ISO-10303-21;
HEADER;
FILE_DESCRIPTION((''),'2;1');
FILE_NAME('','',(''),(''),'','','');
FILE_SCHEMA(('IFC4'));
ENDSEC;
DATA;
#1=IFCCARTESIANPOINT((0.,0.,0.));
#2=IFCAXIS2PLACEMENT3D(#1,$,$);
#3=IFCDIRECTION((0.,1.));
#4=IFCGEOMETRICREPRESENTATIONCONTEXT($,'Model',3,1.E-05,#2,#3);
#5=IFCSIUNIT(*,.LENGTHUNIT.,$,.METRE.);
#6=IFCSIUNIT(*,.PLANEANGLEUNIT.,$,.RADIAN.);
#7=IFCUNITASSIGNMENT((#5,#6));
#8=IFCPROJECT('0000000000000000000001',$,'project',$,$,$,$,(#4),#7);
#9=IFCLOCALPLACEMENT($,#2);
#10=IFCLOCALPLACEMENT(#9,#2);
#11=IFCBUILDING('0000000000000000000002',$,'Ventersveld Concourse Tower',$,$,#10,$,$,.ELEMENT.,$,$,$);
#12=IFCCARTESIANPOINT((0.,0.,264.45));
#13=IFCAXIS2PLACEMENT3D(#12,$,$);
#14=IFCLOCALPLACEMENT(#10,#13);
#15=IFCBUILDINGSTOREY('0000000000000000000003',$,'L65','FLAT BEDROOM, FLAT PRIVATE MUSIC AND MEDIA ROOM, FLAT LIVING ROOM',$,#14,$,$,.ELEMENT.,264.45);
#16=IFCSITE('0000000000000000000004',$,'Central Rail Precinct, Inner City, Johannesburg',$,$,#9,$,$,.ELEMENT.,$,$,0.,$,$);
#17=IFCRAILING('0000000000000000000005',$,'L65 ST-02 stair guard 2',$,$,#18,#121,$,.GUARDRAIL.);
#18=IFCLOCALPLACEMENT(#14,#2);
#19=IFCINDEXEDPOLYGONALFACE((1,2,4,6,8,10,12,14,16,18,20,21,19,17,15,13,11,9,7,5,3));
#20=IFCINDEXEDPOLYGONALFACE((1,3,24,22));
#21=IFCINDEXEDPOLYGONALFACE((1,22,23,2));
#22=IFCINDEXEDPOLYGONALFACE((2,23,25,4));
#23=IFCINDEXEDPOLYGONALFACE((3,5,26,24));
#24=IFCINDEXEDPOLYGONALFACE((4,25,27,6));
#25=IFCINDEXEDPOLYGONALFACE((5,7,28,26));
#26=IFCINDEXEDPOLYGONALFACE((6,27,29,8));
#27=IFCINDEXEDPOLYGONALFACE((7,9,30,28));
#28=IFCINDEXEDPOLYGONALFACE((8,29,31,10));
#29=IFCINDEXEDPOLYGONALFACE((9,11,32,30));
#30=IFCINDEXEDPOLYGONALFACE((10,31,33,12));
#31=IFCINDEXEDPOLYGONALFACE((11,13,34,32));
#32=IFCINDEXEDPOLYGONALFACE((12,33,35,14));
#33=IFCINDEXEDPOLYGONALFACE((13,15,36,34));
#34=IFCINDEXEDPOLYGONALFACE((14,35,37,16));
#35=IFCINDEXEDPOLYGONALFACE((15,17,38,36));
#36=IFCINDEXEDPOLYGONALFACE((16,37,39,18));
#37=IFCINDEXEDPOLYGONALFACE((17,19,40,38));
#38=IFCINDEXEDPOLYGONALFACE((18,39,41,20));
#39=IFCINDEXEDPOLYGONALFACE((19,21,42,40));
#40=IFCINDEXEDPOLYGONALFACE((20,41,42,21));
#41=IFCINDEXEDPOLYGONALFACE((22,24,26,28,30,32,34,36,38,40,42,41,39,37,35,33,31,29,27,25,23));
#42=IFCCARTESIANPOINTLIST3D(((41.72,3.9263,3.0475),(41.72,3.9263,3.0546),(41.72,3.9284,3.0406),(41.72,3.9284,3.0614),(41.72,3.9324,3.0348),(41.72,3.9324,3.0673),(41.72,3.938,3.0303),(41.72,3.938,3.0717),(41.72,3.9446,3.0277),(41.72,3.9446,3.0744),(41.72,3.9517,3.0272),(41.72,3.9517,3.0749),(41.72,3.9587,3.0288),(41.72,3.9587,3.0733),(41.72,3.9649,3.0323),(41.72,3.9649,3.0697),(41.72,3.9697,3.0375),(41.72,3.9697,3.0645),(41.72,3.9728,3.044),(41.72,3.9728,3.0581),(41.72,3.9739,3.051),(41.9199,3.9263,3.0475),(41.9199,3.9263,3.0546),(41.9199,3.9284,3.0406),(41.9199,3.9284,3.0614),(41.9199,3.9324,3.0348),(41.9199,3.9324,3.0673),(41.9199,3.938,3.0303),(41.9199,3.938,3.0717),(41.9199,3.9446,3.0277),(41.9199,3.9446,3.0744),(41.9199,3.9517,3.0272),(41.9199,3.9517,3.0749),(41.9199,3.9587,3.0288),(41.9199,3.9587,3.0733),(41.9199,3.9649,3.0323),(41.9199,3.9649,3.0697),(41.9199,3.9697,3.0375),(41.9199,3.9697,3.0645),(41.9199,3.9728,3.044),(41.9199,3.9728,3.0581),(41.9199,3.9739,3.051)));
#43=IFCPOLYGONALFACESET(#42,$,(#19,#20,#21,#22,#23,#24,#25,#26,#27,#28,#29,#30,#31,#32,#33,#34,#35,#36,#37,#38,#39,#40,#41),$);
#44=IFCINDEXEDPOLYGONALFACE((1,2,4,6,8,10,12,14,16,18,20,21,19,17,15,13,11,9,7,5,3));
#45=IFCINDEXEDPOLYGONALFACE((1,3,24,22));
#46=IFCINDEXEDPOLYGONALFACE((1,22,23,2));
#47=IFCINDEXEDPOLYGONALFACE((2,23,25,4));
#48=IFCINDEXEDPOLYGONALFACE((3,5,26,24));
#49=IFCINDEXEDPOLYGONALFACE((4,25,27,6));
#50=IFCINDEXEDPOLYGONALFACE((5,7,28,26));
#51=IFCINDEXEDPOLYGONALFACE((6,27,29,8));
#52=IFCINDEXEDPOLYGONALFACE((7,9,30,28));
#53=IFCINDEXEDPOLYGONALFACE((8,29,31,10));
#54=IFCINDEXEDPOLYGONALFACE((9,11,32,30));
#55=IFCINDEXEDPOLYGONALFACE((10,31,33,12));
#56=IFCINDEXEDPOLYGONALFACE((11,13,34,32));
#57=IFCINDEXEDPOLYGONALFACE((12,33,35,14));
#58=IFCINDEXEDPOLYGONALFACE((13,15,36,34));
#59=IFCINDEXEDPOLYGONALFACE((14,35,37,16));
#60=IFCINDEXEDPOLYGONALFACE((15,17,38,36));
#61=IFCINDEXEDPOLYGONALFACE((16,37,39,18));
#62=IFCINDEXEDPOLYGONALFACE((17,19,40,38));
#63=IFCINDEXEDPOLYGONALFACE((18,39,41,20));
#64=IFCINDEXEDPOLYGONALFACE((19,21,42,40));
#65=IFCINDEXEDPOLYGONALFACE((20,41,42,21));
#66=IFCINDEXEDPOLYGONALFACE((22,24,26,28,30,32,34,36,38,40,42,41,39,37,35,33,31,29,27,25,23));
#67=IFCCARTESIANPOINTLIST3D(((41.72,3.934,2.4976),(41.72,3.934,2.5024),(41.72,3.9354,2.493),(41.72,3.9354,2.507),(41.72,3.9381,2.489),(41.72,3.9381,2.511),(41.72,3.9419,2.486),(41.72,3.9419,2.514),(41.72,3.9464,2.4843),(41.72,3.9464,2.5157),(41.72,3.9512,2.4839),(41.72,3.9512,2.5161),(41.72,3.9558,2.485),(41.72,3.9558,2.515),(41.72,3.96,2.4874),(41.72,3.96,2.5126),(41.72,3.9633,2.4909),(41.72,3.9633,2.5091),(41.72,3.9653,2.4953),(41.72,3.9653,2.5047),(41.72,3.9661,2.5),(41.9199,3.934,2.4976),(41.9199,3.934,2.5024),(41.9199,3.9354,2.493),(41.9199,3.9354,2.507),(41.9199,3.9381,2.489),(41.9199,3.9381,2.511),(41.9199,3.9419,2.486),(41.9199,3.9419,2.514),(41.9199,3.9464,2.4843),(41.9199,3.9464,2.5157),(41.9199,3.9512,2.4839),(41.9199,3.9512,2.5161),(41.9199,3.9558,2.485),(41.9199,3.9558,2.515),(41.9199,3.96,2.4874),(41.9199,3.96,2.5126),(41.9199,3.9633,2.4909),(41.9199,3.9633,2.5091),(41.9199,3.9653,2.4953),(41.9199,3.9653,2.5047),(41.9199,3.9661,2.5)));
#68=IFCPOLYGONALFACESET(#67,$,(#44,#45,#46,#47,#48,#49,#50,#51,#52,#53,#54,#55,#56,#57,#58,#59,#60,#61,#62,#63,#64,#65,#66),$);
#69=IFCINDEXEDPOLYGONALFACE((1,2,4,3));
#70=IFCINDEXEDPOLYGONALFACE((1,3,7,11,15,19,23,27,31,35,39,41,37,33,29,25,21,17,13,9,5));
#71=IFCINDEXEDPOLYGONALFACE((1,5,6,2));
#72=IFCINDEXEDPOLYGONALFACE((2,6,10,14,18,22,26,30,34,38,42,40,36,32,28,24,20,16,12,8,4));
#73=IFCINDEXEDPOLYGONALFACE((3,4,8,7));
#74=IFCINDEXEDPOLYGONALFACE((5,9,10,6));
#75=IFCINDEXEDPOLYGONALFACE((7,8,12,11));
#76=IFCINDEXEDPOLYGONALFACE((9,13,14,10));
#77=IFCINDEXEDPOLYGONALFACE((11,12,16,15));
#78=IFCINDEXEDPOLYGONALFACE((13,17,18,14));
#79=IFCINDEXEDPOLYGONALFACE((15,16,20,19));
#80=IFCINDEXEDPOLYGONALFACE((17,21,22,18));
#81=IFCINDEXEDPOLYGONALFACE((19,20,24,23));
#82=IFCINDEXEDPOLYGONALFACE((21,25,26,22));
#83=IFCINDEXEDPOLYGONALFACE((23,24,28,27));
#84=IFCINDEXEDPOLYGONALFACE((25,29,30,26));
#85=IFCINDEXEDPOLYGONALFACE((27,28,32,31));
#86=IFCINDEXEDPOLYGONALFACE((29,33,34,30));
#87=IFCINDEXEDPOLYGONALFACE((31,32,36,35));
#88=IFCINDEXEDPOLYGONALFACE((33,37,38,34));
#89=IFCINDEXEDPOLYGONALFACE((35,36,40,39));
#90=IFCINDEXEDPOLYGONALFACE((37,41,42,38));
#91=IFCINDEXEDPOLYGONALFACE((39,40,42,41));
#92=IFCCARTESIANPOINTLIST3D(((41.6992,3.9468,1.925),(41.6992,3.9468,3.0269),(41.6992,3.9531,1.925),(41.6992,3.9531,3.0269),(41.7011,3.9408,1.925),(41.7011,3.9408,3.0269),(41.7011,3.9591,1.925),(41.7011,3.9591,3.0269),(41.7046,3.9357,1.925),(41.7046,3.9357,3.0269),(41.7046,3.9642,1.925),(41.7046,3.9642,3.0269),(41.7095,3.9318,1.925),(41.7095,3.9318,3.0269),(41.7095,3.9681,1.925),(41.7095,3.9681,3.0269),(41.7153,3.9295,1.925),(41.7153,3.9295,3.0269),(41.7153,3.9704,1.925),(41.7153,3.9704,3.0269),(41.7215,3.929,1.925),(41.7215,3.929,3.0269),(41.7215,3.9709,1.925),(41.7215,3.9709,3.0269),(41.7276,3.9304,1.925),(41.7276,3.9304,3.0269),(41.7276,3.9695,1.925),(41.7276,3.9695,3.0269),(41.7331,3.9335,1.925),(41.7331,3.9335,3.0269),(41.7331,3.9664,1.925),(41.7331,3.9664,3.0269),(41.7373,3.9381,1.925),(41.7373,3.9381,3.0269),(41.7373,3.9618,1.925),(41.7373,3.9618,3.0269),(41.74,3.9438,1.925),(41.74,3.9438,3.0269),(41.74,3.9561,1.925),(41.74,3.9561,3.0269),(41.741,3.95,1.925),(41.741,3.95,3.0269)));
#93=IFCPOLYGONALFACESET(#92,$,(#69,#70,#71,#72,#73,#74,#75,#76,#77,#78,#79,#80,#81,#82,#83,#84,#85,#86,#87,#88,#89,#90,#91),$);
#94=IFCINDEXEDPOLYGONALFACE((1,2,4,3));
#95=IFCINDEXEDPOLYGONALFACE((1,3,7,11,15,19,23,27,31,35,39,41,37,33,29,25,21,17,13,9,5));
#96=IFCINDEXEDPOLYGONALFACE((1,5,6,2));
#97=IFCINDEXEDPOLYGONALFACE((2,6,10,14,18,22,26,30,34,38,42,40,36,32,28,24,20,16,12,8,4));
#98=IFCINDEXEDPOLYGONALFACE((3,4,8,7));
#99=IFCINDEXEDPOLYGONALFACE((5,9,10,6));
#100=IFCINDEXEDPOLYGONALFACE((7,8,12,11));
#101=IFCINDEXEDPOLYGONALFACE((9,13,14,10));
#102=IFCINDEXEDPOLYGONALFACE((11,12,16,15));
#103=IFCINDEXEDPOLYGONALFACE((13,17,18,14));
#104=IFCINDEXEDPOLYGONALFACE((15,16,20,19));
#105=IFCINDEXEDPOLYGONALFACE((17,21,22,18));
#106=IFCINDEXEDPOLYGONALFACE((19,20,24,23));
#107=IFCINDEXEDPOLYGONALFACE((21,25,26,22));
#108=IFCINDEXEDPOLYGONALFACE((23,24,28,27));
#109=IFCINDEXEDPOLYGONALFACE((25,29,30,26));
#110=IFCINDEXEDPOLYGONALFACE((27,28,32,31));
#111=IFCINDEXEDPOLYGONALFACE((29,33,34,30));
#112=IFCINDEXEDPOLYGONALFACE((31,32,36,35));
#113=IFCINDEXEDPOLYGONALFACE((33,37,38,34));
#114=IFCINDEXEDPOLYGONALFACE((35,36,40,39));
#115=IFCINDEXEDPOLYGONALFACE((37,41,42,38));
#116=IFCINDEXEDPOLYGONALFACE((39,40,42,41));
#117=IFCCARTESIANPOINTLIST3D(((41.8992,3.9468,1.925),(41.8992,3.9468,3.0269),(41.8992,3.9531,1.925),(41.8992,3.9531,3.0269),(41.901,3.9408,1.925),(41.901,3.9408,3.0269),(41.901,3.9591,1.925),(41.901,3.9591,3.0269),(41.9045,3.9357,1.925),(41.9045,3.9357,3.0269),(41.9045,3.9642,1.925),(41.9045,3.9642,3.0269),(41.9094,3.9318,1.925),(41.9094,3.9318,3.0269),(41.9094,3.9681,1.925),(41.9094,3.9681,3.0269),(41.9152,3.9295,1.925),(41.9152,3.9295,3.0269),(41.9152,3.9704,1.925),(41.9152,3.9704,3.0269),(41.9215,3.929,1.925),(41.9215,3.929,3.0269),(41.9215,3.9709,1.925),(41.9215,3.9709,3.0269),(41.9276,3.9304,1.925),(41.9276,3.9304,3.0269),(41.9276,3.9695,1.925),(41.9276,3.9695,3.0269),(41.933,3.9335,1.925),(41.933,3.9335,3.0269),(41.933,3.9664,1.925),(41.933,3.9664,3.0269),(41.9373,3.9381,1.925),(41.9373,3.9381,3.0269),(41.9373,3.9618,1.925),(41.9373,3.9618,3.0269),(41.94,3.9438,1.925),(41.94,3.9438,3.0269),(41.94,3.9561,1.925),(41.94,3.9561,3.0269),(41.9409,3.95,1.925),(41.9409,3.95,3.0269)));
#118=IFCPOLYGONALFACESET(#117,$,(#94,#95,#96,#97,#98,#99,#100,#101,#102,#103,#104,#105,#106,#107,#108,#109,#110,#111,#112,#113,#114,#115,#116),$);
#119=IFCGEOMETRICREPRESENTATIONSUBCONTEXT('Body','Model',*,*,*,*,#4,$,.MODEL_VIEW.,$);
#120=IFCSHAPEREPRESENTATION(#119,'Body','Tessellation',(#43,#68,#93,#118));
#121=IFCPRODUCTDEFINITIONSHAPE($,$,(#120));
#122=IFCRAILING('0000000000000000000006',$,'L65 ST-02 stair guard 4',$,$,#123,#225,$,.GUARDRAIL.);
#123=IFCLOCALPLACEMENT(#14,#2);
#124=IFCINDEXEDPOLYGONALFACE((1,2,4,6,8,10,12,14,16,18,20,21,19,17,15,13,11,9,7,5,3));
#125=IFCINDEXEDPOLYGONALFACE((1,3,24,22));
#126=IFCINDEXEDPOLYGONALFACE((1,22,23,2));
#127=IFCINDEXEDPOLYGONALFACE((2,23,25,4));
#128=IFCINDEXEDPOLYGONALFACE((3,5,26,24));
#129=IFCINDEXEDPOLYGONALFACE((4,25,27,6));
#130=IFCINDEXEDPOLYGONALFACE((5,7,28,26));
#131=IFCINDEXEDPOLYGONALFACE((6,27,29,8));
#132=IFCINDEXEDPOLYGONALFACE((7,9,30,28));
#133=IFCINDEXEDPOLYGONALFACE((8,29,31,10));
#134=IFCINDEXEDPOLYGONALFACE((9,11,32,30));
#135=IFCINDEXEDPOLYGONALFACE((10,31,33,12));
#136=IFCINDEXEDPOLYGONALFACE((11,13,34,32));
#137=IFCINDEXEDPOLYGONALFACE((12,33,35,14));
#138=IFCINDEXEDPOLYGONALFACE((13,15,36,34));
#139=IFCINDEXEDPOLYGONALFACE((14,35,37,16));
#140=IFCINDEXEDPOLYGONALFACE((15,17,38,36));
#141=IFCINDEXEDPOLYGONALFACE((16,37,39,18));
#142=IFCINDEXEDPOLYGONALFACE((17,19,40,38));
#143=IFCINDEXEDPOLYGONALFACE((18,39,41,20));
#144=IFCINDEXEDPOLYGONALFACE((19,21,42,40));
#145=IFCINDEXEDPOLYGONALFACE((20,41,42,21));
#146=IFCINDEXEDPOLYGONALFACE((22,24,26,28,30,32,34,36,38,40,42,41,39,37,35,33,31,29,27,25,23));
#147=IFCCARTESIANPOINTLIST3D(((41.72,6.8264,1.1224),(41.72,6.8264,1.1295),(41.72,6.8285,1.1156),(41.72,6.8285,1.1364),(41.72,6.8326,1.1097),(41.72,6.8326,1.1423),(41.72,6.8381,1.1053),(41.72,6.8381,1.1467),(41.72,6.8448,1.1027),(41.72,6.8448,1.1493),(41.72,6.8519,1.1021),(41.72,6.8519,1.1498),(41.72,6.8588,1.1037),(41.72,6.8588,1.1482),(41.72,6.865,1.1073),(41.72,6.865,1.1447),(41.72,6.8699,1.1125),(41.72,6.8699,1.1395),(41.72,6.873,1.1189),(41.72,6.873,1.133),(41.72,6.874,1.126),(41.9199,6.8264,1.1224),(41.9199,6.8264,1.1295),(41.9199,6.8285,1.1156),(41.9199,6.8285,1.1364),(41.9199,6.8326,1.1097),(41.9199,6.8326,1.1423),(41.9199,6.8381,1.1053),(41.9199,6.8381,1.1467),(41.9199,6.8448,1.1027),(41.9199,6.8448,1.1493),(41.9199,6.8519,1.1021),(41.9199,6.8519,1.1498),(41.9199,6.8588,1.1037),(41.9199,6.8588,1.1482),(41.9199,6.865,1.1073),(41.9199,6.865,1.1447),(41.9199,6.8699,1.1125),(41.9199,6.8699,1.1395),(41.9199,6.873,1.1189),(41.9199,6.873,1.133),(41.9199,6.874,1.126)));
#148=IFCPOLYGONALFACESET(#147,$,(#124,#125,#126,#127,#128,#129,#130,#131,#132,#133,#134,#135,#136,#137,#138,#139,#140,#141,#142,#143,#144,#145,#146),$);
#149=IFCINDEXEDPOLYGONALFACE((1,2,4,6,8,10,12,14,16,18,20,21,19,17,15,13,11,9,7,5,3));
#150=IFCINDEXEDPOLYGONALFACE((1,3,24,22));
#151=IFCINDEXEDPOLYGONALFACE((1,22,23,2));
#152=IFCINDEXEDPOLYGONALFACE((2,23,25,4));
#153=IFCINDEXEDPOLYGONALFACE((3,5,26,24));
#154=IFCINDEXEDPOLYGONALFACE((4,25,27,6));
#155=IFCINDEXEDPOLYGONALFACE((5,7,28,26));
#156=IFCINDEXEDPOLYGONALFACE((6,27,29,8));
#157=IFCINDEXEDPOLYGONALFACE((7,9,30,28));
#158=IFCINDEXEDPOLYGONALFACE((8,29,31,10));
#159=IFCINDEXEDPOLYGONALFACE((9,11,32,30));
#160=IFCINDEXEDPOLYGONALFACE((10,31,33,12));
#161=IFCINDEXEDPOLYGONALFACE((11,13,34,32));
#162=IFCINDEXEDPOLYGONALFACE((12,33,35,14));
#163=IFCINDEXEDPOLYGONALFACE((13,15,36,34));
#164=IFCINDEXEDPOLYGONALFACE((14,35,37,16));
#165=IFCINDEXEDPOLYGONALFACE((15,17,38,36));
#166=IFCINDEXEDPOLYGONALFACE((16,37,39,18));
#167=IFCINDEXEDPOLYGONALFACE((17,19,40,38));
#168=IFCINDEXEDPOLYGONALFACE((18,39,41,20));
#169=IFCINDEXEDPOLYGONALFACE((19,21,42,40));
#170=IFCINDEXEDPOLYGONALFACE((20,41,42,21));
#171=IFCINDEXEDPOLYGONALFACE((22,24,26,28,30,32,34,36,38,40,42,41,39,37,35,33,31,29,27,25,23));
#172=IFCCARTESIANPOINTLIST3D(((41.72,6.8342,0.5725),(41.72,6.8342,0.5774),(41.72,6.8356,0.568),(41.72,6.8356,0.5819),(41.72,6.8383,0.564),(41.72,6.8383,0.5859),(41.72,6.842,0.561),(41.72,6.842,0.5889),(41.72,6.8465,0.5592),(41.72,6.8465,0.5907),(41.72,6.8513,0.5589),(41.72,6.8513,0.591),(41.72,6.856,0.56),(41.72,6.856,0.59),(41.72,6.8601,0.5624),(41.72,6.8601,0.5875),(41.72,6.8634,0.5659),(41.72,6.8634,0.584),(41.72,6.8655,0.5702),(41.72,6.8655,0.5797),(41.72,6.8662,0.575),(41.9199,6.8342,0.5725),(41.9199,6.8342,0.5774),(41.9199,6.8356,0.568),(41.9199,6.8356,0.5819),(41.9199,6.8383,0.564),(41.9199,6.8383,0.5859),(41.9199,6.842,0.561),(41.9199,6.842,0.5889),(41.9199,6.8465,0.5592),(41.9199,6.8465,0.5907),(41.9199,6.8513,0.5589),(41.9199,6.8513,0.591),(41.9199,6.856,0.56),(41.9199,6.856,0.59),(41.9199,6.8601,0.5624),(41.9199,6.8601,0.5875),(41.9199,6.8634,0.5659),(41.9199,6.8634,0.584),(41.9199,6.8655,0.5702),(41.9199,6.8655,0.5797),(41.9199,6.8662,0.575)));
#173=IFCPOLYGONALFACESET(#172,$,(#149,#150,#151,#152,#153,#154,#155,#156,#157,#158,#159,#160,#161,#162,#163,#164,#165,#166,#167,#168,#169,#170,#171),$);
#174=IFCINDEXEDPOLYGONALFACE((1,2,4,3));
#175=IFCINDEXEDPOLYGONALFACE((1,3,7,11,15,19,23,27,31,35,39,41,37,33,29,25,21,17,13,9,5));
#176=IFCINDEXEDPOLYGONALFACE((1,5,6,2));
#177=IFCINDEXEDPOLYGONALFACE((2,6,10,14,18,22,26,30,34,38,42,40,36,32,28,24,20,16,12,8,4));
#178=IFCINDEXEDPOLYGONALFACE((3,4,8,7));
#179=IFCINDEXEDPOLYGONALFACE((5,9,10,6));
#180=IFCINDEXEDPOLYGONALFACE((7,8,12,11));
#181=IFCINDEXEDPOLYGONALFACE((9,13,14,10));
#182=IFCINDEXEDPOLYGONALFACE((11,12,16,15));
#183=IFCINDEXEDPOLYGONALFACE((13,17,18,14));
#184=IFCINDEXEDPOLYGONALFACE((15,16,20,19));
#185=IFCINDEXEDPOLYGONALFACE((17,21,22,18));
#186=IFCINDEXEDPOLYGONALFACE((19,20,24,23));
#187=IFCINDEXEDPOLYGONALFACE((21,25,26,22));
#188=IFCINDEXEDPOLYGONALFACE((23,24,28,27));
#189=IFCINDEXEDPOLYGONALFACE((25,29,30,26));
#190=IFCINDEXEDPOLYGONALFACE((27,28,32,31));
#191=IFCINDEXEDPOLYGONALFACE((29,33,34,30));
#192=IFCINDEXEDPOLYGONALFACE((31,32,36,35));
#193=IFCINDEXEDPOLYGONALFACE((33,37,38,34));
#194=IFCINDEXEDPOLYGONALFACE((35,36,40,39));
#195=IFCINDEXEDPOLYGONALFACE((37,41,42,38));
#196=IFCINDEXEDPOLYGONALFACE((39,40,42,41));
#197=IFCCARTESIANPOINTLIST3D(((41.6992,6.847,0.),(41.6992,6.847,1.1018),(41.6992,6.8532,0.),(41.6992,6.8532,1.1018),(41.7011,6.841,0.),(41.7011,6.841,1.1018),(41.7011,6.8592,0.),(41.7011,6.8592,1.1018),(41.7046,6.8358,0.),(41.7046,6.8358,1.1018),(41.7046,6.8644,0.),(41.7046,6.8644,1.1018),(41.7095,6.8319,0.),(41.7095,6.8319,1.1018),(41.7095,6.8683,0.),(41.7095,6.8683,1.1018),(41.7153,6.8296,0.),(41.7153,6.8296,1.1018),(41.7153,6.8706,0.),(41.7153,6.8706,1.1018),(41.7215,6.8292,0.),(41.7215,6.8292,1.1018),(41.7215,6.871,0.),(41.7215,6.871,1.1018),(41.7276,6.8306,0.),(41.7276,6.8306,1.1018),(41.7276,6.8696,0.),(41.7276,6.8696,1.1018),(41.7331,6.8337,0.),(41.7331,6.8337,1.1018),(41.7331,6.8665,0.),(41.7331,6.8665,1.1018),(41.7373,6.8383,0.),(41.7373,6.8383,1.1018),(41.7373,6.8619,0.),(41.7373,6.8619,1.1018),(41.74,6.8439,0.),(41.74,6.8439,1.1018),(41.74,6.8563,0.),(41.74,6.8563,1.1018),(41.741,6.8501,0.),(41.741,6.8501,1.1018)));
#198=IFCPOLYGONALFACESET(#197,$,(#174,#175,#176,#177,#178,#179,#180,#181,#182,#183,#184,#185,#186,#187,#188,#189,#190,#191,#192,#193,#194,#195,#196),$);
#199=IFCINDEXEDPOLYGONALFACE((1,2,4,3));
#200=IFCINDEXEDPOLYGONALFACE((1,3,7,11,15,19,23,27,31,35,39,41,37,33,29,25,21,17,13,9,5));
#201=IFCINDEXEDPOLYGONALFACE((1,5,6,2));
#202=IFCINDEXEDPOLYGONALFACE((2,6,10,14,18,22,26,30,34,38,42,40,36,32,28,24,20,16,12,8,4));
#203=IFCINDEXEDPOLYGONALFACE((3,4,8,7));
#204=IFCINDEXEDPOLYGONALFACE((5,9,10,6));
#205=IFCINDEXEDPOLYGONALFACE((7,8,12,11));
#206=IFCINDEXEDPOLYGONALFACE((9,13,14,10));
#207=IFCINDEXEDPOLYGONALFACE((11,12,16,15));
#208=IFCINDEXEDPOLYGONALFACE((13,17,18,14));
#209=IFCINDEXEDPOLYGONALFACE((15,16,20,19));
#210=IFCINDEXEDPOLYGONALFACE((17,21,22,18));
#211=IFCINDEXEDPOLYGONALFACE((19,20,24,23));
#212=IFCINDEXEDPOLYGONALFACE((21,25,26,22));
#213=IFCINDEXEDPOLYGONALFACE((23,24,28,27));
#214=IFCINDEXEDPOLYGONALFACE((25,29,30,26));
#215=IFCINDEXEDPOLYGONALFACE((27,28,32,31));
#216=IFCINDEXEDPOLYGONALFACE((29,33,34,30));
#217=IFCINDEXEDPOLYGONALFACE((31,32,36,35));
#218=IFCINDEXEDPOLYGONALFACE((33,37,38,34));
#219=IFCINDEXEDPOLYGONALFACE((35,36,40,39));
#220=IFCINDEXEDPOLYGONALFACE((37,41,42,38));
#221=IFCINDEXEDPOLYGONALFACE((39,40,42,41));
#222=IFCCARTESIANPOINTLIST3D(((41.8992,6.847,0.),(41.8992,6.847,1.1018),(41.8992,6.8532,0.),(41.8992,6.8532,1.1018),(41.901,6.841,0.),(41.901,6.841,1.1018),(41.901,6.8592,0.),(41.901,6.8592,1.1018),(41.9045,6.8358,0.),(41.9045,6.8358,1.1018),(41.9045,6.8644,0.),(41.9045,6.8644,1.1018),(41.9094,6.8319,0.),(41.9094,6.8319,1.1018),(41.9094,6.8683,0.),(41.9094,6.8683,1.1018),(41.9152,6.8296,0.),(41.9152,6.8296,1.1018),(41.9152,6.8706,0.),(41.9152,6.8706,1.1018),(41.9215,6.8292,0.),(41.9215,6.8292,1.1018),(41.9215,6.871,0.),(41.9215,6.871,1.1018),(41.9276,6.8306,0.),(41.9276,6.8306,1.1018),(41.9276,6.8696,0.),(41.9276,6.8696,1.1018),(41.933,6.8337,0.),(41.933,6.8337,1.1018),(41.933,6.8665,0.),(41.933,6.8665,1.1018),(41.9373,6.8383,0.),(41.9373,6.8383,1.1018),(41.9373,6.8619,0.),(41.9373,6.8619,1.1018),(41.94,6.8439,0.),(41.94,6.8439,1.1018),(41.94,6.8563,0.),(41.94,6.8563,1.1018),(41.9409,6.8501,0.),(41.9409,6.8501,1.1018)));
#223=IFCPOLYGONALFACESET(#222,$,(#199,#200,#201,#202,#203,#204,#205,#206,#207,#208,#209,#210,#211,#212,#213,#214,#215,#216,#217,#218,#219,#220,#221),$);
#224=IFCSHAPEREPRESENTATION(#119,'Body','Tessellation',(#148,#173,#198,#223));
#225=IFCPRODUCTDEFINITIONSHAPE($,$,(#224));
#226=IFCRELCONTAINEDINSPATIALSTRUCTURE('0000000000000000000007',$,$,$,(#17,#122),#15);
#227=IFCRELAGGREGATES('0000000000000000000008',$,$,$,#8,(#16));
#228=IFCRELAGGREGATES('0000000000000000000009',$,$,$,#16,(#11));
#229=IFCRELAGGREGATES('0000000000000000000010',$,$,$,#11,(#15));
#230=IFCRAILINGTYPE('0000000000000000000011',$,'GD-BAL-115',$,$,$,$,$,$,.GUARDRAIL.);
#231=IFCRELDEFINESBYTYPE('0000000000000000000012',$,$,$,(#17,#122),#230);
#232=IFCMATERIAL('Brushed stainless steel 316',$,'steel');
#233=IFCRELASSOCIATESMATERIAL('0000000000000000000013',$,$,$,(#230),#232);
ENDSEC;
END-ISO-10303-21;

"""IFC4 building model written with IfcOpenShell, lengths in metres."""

from ifc_helpers import new_model, si_unit, direction, frame, origin, origin_2d, place, context, subcontext, project, spatial, circle, extrude, material, type_object, element, save


model = new_model("IFC4")

# Units and contexts
model_context = context("Model", 3, precision=1e-05, world=origin(), true_north=direction((0.0, 1.0)))
body_context = subcontext(model_context, "Body", "Model", "MODEL_VIEW")
ifc_project = project(units=[si_unit("LENGTHUNIT", "METRE"), si_unit("PLANEANGLEUNIT", "RADIAN")], contexts=[model_context])

# Site, building, storey
site_placement = place(None, origin())
site = spatial("IfcSite", under=ifc_project, at=site_placement, Name="Central Rail Precinct, Inner City, Johannesburg", CompositionType="ELEMENT", RefElevation=0.0)
building_placement = place(site_placement, origin())
building = spatial("IfcBuilding", under=site, at=building_placement, Name="Ventersveld Concourse Tower", CompositionType="ELEMENT")
storey_placement = place(building_placement, frame((0.0, 0.0, 264.45)))
storey = spatial("IfcBuildingStorey", under=building, at=storey_placement, Name="L65", Description="FLAT BEDROOM, FLAT PRIVATE MUSIC AND MEDIA ROOM, FLAT LIVING ROOM", CompositionType="ELEMENT", Elevation=264.45)

# Shared definitions
ifc_material_1 = material(Name="Brushed stainless steel 316", Category="steel")

# Railings
railing_type_1 = type_object("IfcRailingType", Name="GD-BAL-115", PredefinedType="GUARDRAIL", material=ifc_material_1)
for number, where, name in (
    (1, (41.72, 3.95, 1.925), "L65 ST-02 stair guard 2"),
    (2, (41.72, 6.8501, 0.0), "L65 ST-02 stair guard 4"),
):
    element("IfcRailing", number, at=place(storey_placement, frame(where)), inside=storey, type_object=railing_type_1, Name=name, PredefinedType="GUARDRAIL", context=body_context, shape_type="SweptSolid", body=[
        extrude(circle(Radius=0.0239, at=origin_2d()), frame((0.0, 0.0, 1.126), z_axis=(1.0, 0.0, 0.0), x_axis=(0.0, 1.0, 0.0)), (0.0, 0.0, 1.0), 0.2),
        extrude(circle(Radius=0.0161, at=origin_2d()), frame((0.0, 0.0, 0.575), z_axis=(1.0, 0.0, 0.0), x_axis=(0.0, 1.0, 0.0)), (0.0, 0.0, 1.0), 0.2),
        extrude(circle(Radius=0.021, at=origin_2d()), origin(), (0.0, 0.0, 1.0), 1.1018),
        extrude(circle(Radius=0.021, at=origin_2d()), frame((0.2, 0.0, 0.0)), (0.0, 0.0, 1.0), 1.1018),
    ])

save(model, "model.ifc")
